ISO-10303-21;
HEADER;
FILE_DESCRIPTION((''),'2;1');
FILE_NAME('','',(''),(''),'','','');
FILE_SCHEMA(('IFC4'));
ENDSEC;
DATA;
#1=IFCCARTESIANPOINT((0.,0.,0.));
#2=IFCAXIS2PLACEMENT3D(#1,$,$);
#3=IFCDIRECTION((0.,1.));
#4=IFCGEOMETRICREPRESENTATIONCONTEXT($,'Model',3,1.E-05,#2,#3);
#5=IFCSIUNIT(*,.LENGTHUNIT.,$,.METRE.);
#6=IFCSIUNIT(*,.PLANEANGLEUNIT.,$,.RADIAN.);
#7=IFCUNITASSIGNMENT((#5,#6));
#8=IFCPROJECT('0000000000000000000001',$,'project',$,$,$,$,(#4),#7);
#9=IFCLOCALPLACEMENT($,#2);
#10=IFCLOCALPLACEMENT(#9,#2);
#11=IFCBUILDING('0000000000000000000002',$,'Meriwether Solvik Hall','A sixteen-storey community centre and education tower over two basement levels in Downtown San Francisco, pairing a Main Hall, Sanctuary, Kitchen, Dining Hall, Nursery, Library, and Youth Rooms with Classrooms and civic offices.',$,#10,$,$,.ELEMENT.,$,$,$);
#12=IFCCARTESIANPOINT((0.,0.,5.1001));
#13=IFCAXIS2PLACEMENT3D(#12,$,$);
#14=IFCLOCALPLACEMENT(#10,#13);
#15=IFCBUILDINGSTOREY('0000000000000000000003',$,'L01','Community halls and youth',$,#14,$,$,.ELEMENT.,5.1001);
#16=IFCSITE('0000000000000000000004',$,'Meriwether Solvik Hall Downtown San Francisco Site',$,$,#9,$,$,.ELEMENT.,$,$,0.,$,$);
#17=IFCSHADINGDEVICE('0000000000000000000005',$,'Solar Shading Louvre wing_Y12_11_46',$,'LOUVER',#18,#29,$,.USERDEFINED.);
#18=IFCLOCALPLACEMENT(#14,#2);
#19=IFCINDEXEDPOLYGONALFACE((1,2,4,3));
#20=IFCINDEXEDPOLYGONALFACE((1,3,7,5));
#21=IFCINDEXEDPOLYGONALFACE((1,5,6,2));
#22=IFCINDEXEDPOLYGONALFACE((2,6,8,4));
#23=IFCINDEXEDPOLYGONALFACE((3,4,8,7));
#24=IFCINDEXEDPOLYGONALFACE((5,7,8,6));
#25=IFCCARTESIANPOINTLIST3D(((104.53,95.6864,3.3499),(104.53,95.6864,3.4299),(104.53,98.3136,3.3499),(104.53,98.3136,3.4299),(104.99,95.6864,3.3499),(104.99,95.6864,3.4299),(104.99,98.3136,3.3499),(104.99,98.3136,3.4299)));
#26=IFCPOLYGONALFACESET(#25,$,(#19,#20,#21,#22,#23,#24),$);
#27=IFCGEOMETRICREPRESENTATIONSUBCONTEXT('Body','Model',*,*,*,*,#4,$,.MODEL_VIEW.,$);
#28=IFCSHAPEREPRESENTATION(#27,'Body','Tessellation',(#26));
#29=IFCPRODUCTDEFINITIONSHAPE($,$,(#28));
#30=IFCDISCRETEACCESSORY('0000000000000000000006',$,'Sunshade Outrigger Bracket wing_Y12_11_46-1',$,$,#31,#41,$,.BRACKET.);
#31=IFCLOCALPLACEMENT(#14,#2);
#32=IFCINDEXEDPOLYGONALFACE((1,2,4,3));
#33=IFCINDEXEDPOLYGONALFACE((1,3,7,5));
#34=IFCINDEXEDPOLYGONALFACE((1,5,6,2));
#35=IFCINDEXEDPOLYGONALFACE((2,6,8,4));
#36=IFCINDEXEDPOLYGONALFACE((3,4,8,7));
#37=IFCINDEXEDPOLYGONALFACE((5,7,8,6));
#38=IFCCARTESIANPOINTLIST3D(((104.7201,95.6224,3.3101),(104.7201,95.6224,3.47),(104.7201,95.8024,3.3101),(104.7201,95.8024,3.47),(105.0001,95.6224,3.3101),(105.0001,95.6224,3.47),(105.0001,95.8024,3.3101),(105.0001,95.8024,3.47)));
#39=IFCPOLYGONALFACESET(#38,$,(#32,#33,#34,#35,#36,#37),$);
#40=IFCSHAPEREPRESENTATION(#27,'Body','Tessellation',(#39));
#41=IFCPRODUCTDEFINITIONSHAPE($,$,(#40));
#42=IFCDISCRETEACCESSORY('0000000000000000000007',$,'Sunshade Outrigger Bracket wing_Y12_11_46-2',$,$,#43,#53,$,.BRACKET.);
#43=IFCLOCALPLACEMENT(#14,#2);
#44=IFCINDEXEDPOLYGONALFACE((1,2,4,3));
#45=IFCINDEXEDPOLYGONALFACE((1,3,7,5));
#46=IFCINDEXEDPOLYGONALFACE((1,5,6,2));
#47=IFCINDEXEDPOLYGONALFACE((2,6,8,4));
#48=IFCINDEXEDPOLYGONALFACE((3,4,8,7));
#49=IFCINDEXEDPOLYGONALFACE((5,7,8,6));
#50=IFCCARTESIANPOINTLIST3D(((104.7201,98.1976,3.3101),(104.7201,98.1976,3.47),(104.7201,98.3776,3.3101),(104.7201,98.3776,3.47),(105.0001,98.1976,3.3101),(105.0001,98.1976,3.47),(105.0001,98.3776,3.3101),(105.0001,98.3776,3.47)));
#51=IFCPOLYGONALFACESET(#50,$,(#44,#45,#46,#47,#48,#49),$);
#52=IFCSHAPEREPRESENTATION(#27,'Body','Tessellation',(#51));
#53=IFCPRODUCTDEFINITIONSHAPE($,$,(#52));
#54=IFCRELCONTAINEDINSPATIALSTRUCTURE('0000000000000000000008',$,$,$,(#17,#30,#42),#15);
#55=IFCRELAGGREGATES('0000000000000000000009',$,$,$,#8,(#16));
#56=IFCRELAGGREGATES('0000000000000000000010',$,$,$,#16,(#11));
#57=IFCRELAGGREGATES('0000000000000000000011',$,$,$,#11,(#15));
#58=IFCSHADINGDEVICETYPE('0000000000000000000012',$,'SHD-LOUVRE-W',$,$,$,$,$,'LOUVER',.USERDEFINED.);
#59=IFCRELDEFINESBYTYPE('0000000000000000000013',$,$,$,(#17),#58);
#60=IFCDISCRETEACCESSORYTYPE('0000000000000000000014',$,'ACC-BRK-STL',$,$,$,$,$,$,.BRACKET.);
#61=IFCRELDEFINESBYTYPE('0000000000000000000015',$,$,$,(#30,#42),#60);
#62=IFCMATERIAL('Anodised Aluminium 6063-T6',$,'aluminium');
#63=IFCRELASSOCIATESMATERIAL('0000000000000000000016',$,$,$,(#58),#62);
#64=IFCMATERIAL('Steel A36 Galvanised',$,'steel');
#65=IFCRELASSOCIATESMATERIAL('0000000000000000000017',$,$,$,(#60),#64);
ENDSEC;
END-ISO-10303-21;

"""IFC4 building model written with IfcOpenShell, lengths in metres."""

from ifc_helpers import new_model, si_unit, direction, frame, origin, origin_2d, place, context, subcontext, project, spatial, rectangle, extrude, material, type_object, element, save


model = new_model("IFC4")

# Units and contexts
model_context = context("Model", 3, precision=1e-05, world=origin(), true_north=direction((0.0, 1.0)))
body_context = subcontext(model_context, "Body", "Model", "MODEL_VIEW")
ifc_project = project(units=[si_unit("LENGTHUNIT", "METRE"), si_unit("PLANEANGLEUNIT", "RADIAN")], contexts=[model_context])

# Site, building, storey
site_placement = place(None, origin())
site = spatial("IfcSite", under=ifc_project, at=site_placement, Name="Meriwether Solvik Hall Downtown San Francisco Site", CompositionType="ELEMENT", RefElevation=0.0)
building_placement = place(site_placement, origin())
building = spatial("IfcBuilding", under=site, at=building_placement, Name="Meriwether Solvik Hall", Description="A sixteen-storey community centre and education tower over two basement levels in Downtown San Francisco, pairing a Main Hall, Sanctuary, Kitchen, Dining Hall, Nursery, Library, and Youth Rooms with Classrooms and civic offices.", CompositionType="ELEMENT")
storey_placement = place(building_placement, frame((0.0, 0.0, 5.1001)))
storey = spatial("IfcBuildingStorey", under=building, at=storey_placement, Name="L01", Description="Community halls and youth", CompositionType="ELEMENT", Elevation=5.1001)

# Shading device
ifc_material_1 = material(Name="Anodised Aluminium 6063-T6", Category="aluminium")
shading_device_type = type_object("IfcShadingDeviceType", Name="SHD-LOUVRE-W", ElementType="LOUVER", PredefinedType="USERDEFINED", material=ifc_material_1)
shading_device_placement = place(storey_placement, frame((104.76, 97.0, 3.3499), z_axis=(0.0, 0.0, 1.0), x_axis=(0.0, 1.0, 0.0)))
element("IfcShadingDevice", 1, at=shading_device_placement, inside=storey, type_object=shading_device_type, Name="Solar Shading Louvre wing_Y12_11_46", ObjectType="LOUVER", PredefinedType="USERDEFINED", context=body_context, shape_type="SweptSolid", body=[
    extrude(rectangle(XDim=2.6272, YDim=0.46, at=origin_2d()), origin(), (0.0, 0.0, 1.0), 0.0801),
])

# Discrete accessories
ifc_material_2 = material(Name="Steel A36 Galvanised", Category="steel")
discrete_accessory_type = type_object("IfcDiscreteAccessoryType", Name="ACC-BRK-STL", PredefinedType="BRACKET", material=ifc_material_2)
for number, where, z_axis, x_axis, name in (
    (2, (104.8601, 95.7124, 3.3101), (0.0, 0.0, 1.0), (0.0, 1.0, 0.0), "Sunshade Outrigger Bracket wing_Y12_11_46-1"),
    (3, (104.8601, 98.2876, 3.3101), (0.0, 0.0, 1.0), (0.0, 1.0, 0.0), "Sunshade Outrigger Bracket wing_Y12_11_46-2"),
):
    element("IfcDiscreteAccessory", number, at=place(storey_placement, frame(where, z_axis=z_axis, x_axis=x_axis)), inside=storey, type_object=discrete_accessory_type, Name=name, PredefinedType="BRACKET", context=body_context, shape_type="SweptSolid", body=[
        extrude(rectangle(XDim=0.1799, YDim=0.28, at=origin_2d()), origin(), (0.0, 0.0, 1.0), 0.1599),
    ])

save(model, "model.ifc")
